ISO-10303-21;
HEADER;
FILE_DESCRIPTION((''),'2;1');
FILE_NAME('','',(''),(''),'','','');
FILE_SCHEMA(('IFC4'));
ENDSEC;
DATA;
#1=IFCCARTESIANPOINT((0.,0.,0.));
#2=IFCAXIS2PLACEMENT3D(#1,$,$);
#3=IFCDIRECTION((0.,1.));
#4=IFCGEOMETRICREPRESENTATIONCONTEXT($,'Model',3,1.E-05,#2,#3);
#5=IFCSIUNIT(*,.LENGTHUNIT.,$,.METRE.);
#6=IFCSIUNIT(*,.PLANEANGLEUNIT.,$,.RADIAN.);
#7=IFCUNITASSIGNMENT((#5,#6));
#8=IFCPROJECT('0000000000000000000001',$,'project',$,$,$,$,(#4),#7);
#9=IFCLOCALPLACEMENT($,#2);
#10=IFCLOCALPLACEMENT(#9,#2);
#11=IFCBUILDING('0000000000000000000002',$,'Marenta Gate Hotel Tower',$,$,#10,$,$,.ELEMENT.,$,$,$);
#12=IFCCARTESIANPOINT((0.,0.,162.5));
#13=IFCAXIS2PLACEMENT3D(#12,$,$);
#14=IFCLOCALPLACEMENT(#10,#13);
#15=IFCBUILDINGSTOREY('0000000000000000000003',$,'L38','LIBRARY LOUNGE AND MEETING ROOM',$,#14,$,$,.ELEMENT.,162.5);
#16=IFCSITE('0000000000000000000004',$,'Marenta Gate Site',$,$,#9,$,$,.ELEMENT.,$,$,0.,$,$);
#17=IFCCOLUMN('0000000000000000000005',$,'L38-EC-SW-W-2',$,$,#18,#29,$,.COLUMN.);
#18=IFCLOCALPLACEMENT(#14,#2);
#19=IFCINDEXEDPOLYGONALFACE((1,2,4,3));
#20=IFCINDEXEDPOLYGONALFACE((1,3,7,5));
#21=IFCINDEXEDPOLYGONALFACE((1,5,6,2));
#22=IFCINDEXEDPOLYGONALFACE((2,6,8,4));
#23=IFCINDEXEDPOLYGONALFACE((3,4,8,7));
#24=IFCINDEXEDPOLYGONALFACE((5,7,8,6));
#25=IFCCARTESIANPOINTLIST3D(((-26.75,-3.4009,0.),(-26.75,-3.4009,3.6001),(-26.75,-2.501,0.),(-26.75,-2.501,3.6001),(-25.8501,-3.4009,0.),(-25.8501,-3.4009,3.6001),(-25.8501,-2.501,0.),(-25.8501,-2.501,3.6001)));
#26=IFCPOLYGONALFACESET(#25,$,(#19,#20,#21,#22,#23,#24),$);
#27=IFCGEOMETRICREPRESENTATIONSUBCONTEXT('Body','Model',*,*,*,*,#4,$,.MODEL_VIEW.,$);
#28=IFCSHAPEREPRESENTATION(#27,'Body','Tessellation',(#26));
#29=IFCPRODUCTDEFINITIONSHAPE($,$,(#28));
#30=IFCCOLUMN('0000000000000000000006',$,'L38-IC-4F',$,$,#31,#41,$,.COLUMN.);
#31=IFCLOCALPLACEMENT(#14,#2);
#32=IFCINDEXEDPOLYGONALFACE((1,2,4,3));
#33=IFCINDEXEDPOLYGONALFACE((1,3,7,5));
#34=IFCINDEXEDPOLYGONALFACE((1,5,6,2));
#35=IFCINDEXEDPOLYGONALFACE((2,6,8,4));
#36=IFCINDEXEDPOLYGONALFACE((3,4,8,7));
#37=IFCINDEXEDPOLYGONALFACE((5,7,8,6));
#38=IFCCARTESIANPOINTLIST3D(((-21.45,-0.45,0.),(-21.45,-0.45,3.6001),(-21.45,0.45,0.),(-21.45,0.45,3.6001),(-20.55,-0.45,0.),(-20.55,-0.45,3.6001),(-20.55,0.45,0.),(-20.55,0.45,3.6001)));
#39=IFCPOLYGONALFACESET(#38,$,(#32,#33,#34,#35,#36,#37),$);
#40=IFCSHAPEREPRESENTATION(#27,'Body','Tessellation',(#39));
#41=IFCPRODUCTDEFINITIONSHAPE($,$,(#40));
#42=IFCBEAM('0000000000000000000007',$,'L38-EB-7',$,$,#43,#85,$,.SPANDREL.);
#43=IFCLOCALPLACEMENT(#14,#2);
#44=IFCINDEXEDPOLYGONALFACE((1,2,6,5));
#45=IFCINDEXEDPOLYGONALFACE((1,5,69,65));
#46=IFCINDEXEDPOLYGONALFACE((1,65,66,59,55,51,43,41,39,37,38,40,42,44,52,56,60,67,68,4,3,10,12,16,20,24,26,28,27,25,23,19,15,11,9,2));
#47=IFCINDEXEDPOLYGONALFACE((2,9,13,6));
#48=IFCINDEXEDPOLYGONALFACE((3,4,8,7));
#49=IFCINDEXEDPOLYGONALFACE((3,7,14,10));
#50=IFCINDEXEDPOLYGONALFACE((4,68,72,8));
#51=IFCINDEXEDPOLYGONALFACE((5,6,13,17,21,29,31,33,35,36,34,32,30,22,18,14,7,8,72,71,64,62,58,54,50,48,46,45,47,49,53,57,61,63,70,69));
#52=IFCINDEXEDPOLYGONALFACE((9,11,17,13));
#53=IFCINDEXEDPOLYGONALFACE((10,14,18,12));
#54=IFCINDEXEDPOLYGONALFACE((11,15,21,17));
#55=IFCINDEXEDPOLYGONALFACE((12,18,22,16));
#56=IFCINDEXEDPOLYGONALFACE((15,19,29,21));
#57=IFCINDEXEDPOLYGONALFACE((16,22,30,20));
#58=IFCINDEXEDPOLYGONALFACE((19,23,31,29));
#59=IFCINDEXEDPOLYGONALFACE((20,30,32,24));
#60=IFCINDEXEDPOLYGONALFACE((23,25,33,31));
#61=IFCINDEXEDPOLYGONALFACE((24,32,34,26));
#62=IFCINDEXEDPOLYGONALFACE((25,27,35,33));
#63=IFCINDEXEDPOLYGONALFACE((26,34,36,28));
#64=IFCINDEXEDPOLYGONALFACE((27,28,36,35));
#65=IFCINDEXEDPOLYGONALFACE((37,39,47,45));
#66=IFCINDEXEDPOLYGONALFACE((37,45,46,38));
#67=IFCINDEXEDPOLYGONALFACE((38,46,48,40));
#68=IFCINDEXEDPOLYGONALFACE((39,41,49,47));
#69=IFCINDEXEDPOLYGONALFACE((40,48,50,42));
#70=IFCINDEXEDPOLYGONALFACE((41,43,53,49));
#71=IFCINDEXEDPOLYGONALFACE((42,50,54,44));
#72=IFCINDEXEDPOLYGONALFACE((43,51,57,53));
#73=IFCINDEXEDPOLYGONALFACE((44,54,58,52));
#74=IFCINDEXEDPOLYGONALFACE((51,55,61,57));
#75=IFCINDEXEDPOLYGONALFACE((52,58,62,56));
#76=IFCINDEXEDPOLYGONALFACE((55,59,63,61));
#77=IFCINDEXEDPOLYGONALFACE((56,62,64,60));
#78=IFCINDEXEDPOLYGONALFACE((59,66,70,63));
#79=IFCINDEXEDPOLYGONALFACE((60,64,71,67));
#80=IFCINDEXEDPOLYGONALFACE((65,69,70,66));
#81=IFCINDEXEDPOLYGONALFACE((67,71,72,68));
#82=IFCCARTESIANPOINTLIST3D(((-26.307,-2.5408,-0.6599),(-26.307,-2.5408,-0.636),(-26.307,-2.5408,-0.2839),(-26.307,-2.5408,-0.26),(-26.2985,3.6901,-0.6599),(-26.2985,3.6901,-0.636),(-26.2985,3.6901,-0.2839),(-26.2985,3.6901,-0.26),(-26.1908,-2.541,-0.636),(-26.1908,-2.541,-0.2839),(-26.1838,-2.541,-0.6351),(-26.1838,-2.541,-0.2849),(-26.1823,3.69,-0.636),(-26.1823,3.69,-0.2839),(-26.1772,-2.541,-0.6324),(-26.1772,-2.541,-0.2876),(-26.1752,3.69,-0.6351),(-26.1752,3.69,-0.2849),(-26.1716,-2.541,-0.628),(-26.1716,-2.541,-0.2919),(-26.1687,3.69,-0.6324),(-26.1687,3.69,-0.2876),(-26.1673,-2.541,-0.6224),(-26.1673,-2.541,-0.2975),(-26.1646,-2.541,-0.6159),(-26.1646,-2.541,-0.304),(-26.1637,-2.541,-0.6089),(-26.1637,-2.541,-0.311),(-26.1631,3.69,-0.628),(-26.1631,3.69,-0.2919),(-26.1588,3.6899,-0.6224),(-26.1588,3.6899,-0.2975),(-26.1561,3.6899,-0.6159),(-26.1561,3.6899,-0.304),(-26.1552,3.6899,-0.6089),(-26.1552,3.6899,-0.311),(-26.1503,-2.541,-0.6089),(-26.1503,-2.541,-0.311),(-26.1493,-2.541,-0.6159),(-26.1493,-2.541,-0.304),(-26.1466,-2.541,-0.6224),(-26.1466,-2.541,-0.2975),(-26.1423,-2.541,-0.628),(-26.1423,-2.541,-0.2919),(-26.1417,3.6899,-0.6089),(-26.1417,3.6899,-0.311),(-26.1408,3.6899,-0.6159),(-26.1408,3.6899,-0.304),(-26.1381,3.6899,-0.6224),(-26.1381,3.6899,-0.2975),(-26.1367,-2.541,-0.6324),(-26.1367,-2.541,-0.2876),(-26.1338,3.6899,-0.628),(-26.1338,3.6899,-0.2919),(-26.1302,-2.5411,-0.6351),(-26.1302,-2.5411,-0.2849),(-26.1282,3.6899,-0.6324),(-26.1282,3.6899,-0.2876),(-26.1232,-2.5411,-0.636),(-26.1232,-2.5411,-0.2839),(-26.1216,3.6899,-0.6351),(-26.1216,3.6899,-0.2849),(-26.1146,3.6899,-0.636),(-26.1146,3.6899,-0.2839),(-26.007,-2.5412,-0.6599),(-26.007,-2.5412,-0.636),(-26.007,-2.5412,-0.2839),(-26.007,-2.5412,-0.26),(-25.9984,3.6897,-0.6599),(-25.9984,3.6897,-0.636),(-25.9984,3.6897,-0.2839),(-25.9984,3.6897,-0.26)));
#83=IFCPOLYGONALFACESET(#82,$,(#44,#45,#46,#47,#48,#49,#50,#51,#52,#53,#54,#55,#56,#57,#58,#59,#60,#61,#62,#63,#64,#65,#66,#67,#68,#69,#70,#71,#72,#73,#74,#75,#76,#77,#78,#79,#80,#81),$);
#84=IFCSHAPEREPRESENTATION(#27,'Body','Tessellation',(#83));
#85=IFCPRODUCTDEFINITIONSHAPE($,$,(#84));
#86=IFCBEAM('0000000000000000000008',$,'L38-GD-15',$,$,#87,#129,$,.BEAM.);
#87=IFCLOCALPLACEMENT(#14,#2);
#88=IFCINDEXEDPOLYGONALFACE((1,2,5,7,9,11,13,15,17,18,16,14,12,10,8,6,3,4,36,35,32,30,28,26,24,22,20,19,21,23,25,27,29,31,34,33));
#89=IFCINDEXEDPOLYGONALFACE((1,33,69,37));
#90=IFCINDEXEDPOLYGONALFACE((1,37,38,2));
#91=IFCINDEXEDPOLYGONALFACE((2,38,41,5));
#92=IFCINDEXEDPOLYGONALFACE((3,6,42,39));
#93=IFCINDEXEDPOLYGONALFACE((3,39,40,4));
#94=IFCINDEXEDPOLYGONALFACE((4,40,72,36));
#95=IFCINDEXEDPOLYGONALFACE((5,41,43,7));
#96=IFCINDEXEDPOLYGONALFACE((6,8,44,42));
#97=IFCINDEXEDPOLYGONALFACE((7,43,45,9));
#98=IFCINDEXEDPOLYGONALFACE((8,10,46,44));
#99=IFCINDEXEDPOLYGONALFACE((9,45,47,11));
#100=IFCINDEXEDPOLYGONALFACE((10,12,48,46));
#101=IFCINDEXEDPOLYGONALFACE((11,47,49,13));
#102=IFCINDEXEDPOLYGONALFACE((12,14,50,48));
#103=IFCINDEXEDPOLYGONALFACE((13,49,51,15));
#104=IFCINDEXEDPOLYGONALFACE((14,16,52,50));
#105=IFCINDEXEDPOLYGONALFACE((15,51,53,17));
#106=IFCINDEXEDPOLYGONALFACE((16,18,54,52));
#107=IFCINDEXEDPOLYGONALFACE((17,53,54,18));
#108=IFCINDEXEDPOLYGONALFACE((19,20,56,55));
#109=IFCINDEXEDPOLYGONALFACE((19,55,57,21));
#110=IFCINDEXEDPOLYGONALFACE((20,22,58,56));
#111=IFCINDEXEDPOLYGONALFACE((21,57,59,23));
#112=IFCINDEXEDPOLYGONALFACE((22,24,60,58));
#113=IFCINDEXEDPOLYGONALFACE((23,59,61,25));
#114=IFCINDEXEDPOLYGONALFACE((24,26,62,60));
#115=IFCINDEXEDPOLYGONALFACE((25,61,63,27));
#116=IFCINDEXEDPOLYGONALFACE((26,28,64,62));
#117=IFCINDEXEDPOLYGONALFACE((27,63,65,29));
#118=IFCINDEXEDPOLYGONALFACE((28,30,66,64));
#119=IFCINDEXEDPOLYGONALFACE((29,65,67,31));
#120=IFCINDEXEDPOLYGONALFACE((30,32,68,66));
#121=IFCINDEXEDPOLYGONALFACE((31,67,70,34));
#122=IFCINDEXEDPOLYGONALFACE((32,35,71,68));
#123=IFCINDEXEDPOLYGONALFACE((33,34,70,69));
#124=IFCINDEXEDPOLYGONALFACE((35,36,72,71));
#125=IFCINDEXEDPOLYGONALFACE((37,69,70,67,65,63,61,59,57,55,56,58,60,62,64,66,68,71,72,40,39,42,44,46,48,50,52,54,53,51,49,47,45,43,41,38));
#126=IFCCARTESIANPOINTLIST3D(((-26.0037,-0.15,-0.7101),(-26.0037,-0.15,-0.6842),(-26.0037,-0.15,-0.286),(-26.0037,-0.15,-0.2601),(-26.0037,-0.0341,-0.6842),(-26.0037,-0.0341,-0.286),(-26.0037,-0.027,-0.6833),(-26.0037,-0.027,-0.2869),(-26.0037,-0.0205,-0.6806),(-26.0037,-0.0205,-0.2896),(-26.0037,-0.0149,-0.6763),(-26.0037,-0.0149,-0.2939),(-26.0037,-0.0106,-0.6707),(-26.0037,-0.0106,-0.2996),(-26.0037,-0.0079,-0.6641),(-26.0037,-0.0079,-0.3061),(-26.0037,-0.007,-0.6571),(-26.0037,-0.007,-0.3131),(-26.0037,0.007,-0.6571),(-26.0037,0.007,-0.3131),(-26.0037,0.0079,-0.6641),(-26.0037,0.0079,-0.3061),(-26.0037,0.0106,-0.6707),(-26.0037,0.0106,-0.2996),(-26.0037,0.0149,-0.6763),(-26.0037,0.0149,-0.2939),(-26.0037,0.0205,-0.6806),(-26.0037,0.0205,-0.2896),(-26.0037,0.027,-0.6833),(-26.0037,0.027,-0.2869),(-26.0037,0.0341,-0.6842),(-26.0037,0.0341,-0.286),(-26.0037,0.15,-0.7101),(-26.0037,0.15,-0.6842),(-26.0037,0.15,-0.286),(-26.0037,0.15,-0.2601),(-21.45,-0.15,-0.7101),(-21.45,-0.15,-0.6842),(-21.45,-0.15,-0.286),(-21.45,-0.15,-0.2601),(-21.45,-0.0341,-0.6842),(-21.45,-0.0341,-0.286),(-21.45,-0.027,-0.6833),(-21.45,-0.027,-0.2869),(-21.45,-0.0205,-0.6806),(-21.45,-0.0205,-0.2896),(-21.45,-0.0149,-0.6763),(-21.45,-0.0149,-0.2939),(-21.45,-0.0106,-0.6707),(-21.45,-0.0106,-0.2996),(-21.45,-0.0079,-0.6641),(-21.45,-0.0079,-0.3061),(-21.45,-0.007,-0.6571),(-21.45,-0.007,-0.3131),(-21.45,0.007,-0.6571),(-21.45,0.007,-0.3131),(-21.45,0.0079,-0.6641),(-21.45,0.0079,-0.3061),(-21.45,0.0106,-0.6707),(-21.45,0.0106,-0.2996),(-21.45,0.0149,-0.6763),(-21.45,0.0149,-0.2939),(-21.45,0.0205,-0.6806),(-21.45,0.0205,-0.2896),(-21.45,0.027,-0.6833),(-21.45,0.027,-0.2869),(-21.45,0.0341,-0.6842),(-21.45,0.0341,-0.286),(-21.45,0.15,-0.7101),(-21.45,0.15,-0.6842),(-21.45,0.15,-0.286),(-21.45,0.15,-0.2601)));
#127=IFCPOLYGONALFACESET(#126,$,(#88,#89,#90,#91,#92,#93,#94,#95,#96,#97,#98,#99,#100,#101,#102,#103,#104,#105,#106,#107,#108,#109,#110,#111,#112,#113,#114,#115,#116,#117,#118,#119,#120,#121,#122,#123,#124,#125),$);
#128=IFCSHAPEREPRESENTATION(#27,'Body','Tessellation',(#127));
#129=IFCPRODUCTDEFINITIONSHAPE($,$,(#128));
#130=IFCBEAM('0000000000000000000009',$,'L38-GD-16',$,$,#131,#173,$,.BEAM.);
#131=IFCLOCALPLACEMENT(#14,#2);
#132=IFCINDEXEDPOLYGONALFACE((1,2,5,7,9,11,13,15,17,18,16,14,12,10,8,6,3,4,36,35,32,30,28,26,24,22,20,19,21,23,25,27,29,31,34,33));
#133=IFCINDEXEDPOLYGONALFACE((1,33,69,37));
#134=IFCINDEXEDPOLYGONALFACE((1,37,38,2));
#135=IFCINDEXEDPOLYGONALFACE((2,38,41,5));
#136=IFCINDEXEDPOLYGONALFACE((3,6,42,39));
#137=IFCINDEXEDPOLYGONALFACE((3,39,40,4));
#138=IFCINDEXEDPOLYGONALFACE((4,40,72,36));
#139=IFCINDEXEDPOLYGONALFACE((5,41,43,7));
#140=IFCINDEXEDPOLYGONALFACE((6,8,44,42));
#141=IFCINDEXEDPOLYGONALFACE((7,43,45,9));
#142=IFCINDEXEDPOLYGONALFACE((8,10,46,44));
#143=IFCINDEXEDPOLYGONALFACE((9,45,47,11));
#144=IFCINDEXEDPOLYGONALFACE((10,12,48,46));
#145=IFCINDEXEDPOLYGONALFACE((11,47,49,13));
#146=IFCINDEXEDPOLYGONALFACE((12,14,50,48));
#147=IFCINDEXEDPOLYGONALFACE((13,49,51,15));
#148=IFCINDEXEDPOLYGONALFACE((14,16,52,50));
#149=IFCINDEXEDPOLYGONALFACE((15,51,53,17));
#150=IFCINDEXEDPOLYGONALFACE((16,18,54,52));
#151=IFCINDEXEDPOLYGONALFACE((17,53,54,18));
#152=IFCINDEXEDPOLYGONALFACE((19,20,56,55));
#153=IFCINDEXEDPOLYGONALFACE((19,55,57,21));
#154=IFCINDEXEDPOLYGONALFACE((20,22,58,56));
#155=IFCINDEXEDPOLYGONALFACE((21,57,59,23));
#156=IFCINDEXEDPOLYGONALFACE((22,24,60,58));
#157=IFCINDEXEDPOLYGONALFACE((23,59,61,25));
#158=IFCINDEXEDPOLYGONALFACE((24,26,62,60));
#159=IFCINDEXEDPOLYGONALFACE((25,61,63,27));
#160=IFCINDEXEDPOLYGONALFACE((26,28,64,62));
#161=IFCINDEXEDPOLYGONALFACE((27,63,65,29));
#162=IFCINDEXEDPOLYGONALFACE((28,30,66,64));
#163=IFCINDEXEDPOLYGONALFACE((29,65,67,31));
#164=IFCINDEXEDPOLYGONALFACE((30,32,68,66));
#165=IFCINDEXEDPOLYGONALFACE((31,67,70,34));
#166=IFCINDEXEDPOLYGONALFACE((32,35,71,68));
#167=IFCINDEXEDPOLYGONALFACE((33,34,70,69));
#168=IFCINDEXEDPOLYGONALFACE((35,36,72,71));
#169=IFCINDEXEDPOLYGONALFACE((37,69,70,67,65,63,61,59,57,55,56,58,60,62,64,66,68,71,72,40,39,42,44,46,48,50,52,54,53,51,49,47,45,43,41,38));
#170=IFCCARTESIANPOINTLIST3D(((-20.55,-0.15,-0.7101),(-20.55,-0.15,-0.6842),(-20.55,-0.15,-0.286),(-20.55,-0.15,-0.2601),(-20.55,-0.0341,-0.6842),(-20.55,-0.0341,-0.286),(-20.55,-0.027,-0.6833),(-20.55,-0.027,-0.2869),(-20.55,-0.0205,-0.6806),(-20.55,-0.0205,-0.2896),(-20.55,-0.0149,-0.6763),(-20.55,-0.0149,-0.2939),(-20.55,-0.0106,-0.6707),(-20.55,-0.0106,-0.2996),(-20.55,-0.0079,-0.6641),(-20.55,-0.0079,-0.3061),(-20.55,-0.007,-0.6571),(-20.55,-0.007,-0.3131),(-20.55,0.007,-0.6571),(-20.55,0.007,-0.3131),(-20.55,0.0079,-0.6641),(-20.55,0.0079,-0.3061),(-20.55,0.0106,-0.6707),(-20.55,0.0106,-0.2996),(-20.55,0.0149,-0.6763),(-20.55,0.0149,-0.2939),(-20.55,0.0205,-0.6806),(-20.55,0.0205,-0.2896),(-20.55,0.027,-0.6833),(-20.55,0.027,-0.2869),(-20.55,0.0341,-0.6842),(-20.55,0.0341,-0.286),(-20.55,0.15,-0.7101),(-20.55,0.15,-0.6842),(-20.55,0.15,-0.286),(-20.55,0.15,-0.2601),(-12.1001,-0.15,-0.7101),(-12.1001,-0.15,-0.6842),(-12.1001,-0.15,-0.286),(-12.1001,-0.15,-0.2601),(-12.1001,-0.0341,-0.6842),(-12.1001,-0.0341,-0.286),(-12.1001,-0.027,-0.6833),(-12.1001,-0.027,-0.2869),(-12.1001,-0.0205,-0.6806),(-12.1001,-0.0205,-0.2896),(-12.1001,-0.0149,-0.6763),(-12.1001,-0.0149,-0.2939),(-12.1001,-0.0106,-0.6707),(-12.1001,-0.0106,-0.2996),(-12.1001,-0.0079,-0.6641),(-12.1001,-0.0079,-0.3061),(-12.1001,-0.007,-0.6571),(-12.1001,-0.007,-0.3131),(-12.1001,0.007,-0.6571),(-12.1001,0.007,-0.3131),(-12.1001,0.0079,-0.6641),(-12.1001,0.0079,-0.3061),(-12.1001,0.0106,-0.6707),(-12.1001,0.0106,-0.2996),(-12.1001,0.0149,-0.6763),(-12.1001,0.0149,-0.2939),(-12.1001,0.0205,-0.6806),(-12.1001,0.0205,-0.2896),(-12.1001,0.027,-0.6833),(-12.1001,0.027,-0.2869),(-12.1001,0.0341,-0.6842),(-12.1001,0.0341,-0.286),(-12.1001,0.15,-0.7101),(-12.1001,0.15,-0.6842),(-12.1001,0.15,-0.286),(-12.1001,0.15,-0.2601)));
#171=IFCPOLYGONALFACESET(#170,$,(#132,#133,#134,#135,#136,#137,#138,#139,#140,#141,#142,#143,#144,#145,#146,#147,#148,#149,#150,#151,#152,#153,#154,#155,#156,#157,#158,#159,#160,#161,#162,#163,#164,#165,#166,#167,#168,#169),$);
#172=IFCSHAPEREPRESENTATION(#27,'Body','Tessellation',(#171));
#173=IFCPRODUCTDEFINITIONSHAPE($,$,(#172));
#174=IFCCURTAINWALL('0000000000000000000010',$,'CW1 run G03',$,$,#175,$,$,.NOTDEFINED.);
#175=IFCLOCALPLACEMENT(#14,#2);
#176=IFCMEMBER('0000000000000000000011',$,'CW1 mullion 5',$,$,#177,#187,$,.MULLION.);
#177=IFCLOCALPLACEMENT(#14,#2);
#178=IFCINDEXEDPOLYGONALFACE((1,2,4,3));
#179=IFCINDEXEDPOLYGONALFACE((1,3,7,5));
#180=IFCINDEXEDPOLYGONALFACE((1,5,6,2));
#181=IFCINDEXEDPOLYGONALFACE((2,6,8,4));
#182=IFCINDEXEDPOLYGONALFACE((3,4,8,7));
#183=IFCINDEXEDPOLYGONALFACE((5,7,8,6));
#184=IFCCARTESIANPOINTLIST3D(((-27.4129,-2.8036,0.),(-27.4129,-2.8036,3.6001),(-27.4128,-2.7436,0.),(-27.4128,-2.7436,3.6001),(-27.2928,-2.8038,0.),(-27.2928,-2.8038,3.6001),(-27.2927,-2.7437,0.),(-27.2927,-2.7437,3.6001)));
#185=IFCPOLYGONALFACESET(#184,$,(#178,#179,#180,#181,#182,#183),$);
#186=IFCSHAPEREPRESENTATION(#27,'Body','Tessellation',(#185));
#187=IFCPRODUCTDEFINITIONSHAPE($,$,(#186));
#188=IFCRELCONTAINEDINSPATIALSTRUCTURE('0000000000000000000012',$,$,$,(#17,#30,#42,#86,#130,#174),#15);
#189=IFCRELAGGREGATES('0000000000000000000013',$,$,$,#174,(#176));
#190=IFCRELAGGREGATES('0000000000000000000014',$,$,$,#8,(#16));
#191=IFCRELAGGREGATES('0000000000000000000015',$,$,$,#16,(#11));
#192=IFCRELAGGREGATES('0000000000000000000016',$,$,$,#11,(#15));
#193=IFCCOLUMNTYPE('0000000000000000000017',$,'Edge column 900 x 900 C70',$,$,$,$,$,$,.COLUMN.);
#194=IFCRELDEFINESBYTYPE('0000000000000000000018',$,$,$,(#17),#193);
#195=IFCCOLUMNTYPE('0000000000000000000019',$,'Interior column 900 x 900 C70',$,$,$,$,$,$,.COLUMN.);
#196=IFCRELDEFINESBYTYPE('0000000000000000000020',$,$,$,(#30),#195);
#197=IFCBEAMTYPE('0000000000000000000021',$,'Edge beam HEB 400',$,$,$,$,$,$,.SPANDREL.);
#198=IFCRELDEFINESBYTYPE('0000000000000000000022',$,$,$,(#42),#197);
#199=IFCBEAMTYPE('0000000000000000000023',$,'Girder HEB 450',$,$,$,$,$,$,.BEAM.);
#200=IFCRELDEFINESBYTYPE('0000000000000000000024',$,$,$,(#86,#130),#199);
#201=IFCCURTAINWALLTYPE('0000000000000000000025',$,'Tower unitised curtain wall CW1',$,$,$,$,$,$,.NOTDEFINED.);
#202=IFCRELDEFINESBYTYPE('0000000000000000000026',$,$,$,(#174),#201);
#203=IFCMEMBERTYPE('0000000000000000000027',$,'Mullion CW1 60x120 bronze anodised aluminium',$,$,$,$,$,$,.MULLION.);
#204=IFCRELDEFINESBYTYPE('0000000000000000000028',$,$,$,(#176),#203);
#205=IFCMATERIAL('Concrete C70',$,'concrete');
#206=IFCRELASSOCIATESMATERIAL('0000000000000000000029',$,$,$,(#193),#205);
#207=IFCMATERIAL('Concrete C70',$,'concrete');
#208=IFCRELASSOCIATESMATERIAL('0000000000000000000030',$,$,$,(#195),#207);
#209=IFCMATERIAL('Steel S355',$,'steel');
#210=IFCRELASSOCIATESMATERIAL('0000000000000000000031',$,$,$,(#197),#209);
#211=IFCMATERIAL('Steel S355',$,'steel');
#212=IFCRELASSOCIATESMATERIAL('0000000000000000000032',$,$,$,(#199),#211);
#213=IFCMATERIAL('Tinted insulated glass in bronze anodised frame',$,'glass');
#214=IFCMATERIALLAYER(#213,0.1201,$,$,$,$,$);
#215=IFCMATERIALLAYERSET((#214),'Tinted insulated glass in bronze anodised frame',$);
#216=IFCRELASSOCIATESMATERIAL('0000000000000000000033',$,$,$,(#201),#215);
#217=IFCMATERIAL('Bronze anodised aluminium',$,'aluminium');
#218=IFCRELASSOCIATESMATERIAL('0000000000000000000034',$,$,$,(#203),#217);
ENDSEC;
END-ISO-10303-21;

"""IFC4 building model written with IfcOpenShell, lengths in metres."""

from ifc_helpers import new_model, si_unit, direction, frame, origin, origin_2d, place, context, subcontext, project, spatial, rectangle, i_section, extrude, material, layer, layer_set, material_profile, profile_set, type_object, element, aggregate, save


model = new_model("IFC4")

# Units and contexts
model_context = context("Model", 3, precision=1e-05, world=origin(), true_north=direction((0.0, 1.0)))
body_context = subcontext(model_context, "Body", "Model", "MODEL_VIEW")
ifc_project = project(units=[si_unit("LENGTHUNIT", "METRE"), si_unit("PLANEANGLEUNIT", "RADIAN")], contexts=[model_context])

# Site, building, storey
site_placement = place(None, origin())
site = spatial("IfcSite", under=ifc_project, at=site_placement, Name="Marenta Gate Site", CompositionType="ELEMENT", RefElevation=0.0)
building_placement = place(site_placement, origin())
building = spatial("IfcBuilding", under=site, at=building_placement, Name="Marenta Gate Hotel Tower", CompositionType="ELEMENT")
storey_placement = place(building_placement, frame((0.0, 0.0, 162.5)))
storey = spatial("IfcBuildingStorey", under=building, at=storey_placement, Name="L38", Description="LIBRARY LOUNGE AND MEETING ROOM", CompositionType="ELEMENT", Elevation=162.5)

# Columns
ifc_material_1 = material(Name="Concrete C70", Category="concrete")
ifc_material_profile_1 = material_profile(ifc_material_1, rectangle(XDim=0.8999, YDim=0.8999, at=origin_2d()), Name="900 x 900")
ifc_profile_set_1 = profile_set([ifc_material_profile_1], Name="Concrete C70")
column_type_1 = type_object("IfcColumnType", Name="Edge column 900 x 900 C70", PredefinedType="COLUMN", material=ifc_profile_set_1)
column_1_placement = place(storey_placement, frame((-26.3, -2.9509, 0.0), z_axis=(0.0, 0.0, 1.0), x_axis=(1.0, 0.0, 0.0)))
element("IfcColumn", 1, at=column_1_placement, inside=storey, type_object=column_type_1, Name="L38-EC-SW-W-2", PredefinedType="COLUMN", context=body_context, shape_type="SweptSolid", body=[
    extrude(rectangle(XDim=0.8999, YDim=0.8999, at=origin_2d()), origin(), (0.0, 0.0, 1.0), 3.6001),
])
ifc_material_2 = material(Name="Concrete C70", Category="concrete")
ifc_material_profile_2 = material_profile(ifc_material_2, rectangle(XDim=0.8999, YDim=0.8999, at=origin_2d()), Name="900 x 900")
ifc_profile_set_2 = profile_set([ifc_material_profile_2], Name="Concrete C70")
column_type_2 = type_object("IfcColumnType", Name="Interior column 900 x 900 C70", PredefinedType="COLUMN", material=ifc_profile_set_2)
column_2_placement = place(storey_placement, frame((-21.0, 0.0, 0.0), z_axis=(0.0, 0.0, 1.0), x_axis=(1.0, 0.0, 0.0)))
element("IfcColumn", 2, at=column_2_placement, inside=storey, type_object=column_type_2, Name="L38-IC-4F", PredefinedType="COLUMN", context=body_context, shape_type="SweptSolid", body=[
    extrude(rectangle(XDim=0.8999, YDim=0.8999, at=origin_2d()), origin(), (0.0, 0.0, 1.0), 3.6001),
])

# Beams
ifc_material_3 = material(Name="Steel S355", Category="steel")
ifc_material_profile_3 = material_profile(ifc_material_3, i_section(OverallWidth=0.3, OverallDepth=0.3999, WebThickness=0.0134, FlangeThickness=0.0239, FilletRadius=0.0271, at=origin_2d()), Name="HEB 400")
ifc_profile_set_3 = profile_set([ifc_material_profile_3], Name="Steel S355")
beam_type_1 = type_object("IfcBeamType", Name="Edge beam HEB 400", PredefinedType="SPANDREL", material=ifc_profile_set_3)
beam_1_placement = place(storey_placement, frame((-26.157, -2.541, -0.46), z_axis=(0.001371, 0.999999, 0.0), x_axis=(-0.999999, 0.001371, 0.0)))
element("IfcBeam", 3, at=beam_1_placement, inside=storey, type_object=beam_type_1, Name="L38-EB-7", PredefinedType="SPANDREL", context=body_context, shape_type="SweptSolid", body=[
    extrude(i_section(OverallWidth=0.3, OverallDepth=0.3999, WebThickness=0.0134, FlangeThickness=0.0239, FilletRadius=0.0271, at=origin_2d()), origin(), (0.0, 0.0, 1.0), 6.231),
])
ifc_material_4 = material(Name="Steel S355", Category="steel")
ifc_material_profile_4 = material_profile(ifc_material_4, i_section(OverallWidth=0.3, OverallDepth=0.45, WebThickness=0.0139, FlangeThickness=0.0259, FilletRadius=0.0271, at=origin_2d()), Name="HEB 450")
ifc_profile_set_4 = profile_set([ifc_material_profile_4], Name="Steel S355")
beam_type_2 = type_object("IfcBeamType", Name="Girder HEB 450", PredefinedType="BEAM", material=ifc_profile_set_4)
beam_2_placement = place(storey_placement, frame((-26.0037, 0.0, -0.4851), z_axis=(1.0, 0.0, 0.0), x_axis=(0.0, 1.0, 0.0)))
element("IfcBeam", 4, at=beam_2_placement, inside=storey, type_object=beam_type_2, Name="L38-GD-15", PredefinedType="BEAM", context=body_context, shape_type="SweptSolid", body=[
    extrude(i_section(OverallWidth=0.3, OverallDepth=0.45, WebThickness=0.0139, FlangeThickness=0.0259, FilletRadius=0.0271, at=origin_2d()), origin(), (0.0, 0.0, 1.0), 4.5537),
])
beam_3_placement = place(storey_placement, frame((-20.55, 0.0, -0.4851), z_axis=(1.0, 0.0, 0.0), x_axis=(0.0, 1.0, 0.0)))
element("IfcBeam", 5, at=beam_3_placement, inside=storey, type_object=beam_type_2, Name="L38-GD-16", PredefinedType="BEAM", context=body_context, shape_type="SweptSolid", body=[
    extrude(i_section(OverallWidth=0.3, OverallDepth=0.45, WebThickness=0.0139, FlangeThickness=0.0259, FilletRadius=0.0271, at=origin_2d()), origin(), (0.0, 0.0, 1.0), 8.45),
])

# Curtain wall, member
ifc_material_5 = material(Name="Tinted insulated glass in bronze anodised frame", Category="glass")
ifc_layer_1 = layer(ifc_material_5, 0.1201)
ifc_layer_set_1 = layer_set([ifc_layer_1], Name="Tinted insulated glass in bronze anodised frame")
curtain_wall_type = type_object("IfcCurtainWallType", Name="Tower unitised curtain wall CW1", PredefinedType="NOTDEFINED", material=ifc_layer_set_1)
curtain_wall_placement = place(storey_placement, origin())
curtain_wall = element("IfcCurtainWall", 6, at=curtain_wall_placement, inside=storey, type_object=curtain_wall_type, Name="CW1 run G03", PredefinedType="NOTDEFINED")
ifc_material_6 = material(Name="Bronze anodised aluminium", Category="aluminium")
ifc_material_profile_5 = material_profile(ifc_material_6, rectangle(XDim=0.1201, YDim=0.0601, at=origin_2d()), Name="Mullion CW1 60x120 bronze anodised aluminium")
ifc_profile_set_5 = profile_set([ifc_material_profile_5], Name="Bronze anodised aluminium")
member_type_1 = type_object("IfcMemberType", Name="Mullion CW1 60x120 bronze anodised aluminium", PredefinedType="MULLION", material=ifc_profile_set_5)
member_1_placement = place(storey_placement, frame((-27.3528, -2.7737, 0.0), z_axis=(0.0, 0.0, 1.0), x_axis=(0.999999, -0.001566, 0.0)))
member_1 = element("IfcMember", 7, at=member_1_placement, type_object=member_type_1, Name="CW1 mullion 5", PredefinedType="MULLION", context=body_context, shape_type="SweptSolid", body=[
    extrude(rectangle(XDim=0.1201, YDim=0.0601, at=origin_2d()), origin(), (0.0, 0.0, 1.0), 3.6001),
])
aggregate(curtain_wall, [member_1])

save(model, "model.ifc")
